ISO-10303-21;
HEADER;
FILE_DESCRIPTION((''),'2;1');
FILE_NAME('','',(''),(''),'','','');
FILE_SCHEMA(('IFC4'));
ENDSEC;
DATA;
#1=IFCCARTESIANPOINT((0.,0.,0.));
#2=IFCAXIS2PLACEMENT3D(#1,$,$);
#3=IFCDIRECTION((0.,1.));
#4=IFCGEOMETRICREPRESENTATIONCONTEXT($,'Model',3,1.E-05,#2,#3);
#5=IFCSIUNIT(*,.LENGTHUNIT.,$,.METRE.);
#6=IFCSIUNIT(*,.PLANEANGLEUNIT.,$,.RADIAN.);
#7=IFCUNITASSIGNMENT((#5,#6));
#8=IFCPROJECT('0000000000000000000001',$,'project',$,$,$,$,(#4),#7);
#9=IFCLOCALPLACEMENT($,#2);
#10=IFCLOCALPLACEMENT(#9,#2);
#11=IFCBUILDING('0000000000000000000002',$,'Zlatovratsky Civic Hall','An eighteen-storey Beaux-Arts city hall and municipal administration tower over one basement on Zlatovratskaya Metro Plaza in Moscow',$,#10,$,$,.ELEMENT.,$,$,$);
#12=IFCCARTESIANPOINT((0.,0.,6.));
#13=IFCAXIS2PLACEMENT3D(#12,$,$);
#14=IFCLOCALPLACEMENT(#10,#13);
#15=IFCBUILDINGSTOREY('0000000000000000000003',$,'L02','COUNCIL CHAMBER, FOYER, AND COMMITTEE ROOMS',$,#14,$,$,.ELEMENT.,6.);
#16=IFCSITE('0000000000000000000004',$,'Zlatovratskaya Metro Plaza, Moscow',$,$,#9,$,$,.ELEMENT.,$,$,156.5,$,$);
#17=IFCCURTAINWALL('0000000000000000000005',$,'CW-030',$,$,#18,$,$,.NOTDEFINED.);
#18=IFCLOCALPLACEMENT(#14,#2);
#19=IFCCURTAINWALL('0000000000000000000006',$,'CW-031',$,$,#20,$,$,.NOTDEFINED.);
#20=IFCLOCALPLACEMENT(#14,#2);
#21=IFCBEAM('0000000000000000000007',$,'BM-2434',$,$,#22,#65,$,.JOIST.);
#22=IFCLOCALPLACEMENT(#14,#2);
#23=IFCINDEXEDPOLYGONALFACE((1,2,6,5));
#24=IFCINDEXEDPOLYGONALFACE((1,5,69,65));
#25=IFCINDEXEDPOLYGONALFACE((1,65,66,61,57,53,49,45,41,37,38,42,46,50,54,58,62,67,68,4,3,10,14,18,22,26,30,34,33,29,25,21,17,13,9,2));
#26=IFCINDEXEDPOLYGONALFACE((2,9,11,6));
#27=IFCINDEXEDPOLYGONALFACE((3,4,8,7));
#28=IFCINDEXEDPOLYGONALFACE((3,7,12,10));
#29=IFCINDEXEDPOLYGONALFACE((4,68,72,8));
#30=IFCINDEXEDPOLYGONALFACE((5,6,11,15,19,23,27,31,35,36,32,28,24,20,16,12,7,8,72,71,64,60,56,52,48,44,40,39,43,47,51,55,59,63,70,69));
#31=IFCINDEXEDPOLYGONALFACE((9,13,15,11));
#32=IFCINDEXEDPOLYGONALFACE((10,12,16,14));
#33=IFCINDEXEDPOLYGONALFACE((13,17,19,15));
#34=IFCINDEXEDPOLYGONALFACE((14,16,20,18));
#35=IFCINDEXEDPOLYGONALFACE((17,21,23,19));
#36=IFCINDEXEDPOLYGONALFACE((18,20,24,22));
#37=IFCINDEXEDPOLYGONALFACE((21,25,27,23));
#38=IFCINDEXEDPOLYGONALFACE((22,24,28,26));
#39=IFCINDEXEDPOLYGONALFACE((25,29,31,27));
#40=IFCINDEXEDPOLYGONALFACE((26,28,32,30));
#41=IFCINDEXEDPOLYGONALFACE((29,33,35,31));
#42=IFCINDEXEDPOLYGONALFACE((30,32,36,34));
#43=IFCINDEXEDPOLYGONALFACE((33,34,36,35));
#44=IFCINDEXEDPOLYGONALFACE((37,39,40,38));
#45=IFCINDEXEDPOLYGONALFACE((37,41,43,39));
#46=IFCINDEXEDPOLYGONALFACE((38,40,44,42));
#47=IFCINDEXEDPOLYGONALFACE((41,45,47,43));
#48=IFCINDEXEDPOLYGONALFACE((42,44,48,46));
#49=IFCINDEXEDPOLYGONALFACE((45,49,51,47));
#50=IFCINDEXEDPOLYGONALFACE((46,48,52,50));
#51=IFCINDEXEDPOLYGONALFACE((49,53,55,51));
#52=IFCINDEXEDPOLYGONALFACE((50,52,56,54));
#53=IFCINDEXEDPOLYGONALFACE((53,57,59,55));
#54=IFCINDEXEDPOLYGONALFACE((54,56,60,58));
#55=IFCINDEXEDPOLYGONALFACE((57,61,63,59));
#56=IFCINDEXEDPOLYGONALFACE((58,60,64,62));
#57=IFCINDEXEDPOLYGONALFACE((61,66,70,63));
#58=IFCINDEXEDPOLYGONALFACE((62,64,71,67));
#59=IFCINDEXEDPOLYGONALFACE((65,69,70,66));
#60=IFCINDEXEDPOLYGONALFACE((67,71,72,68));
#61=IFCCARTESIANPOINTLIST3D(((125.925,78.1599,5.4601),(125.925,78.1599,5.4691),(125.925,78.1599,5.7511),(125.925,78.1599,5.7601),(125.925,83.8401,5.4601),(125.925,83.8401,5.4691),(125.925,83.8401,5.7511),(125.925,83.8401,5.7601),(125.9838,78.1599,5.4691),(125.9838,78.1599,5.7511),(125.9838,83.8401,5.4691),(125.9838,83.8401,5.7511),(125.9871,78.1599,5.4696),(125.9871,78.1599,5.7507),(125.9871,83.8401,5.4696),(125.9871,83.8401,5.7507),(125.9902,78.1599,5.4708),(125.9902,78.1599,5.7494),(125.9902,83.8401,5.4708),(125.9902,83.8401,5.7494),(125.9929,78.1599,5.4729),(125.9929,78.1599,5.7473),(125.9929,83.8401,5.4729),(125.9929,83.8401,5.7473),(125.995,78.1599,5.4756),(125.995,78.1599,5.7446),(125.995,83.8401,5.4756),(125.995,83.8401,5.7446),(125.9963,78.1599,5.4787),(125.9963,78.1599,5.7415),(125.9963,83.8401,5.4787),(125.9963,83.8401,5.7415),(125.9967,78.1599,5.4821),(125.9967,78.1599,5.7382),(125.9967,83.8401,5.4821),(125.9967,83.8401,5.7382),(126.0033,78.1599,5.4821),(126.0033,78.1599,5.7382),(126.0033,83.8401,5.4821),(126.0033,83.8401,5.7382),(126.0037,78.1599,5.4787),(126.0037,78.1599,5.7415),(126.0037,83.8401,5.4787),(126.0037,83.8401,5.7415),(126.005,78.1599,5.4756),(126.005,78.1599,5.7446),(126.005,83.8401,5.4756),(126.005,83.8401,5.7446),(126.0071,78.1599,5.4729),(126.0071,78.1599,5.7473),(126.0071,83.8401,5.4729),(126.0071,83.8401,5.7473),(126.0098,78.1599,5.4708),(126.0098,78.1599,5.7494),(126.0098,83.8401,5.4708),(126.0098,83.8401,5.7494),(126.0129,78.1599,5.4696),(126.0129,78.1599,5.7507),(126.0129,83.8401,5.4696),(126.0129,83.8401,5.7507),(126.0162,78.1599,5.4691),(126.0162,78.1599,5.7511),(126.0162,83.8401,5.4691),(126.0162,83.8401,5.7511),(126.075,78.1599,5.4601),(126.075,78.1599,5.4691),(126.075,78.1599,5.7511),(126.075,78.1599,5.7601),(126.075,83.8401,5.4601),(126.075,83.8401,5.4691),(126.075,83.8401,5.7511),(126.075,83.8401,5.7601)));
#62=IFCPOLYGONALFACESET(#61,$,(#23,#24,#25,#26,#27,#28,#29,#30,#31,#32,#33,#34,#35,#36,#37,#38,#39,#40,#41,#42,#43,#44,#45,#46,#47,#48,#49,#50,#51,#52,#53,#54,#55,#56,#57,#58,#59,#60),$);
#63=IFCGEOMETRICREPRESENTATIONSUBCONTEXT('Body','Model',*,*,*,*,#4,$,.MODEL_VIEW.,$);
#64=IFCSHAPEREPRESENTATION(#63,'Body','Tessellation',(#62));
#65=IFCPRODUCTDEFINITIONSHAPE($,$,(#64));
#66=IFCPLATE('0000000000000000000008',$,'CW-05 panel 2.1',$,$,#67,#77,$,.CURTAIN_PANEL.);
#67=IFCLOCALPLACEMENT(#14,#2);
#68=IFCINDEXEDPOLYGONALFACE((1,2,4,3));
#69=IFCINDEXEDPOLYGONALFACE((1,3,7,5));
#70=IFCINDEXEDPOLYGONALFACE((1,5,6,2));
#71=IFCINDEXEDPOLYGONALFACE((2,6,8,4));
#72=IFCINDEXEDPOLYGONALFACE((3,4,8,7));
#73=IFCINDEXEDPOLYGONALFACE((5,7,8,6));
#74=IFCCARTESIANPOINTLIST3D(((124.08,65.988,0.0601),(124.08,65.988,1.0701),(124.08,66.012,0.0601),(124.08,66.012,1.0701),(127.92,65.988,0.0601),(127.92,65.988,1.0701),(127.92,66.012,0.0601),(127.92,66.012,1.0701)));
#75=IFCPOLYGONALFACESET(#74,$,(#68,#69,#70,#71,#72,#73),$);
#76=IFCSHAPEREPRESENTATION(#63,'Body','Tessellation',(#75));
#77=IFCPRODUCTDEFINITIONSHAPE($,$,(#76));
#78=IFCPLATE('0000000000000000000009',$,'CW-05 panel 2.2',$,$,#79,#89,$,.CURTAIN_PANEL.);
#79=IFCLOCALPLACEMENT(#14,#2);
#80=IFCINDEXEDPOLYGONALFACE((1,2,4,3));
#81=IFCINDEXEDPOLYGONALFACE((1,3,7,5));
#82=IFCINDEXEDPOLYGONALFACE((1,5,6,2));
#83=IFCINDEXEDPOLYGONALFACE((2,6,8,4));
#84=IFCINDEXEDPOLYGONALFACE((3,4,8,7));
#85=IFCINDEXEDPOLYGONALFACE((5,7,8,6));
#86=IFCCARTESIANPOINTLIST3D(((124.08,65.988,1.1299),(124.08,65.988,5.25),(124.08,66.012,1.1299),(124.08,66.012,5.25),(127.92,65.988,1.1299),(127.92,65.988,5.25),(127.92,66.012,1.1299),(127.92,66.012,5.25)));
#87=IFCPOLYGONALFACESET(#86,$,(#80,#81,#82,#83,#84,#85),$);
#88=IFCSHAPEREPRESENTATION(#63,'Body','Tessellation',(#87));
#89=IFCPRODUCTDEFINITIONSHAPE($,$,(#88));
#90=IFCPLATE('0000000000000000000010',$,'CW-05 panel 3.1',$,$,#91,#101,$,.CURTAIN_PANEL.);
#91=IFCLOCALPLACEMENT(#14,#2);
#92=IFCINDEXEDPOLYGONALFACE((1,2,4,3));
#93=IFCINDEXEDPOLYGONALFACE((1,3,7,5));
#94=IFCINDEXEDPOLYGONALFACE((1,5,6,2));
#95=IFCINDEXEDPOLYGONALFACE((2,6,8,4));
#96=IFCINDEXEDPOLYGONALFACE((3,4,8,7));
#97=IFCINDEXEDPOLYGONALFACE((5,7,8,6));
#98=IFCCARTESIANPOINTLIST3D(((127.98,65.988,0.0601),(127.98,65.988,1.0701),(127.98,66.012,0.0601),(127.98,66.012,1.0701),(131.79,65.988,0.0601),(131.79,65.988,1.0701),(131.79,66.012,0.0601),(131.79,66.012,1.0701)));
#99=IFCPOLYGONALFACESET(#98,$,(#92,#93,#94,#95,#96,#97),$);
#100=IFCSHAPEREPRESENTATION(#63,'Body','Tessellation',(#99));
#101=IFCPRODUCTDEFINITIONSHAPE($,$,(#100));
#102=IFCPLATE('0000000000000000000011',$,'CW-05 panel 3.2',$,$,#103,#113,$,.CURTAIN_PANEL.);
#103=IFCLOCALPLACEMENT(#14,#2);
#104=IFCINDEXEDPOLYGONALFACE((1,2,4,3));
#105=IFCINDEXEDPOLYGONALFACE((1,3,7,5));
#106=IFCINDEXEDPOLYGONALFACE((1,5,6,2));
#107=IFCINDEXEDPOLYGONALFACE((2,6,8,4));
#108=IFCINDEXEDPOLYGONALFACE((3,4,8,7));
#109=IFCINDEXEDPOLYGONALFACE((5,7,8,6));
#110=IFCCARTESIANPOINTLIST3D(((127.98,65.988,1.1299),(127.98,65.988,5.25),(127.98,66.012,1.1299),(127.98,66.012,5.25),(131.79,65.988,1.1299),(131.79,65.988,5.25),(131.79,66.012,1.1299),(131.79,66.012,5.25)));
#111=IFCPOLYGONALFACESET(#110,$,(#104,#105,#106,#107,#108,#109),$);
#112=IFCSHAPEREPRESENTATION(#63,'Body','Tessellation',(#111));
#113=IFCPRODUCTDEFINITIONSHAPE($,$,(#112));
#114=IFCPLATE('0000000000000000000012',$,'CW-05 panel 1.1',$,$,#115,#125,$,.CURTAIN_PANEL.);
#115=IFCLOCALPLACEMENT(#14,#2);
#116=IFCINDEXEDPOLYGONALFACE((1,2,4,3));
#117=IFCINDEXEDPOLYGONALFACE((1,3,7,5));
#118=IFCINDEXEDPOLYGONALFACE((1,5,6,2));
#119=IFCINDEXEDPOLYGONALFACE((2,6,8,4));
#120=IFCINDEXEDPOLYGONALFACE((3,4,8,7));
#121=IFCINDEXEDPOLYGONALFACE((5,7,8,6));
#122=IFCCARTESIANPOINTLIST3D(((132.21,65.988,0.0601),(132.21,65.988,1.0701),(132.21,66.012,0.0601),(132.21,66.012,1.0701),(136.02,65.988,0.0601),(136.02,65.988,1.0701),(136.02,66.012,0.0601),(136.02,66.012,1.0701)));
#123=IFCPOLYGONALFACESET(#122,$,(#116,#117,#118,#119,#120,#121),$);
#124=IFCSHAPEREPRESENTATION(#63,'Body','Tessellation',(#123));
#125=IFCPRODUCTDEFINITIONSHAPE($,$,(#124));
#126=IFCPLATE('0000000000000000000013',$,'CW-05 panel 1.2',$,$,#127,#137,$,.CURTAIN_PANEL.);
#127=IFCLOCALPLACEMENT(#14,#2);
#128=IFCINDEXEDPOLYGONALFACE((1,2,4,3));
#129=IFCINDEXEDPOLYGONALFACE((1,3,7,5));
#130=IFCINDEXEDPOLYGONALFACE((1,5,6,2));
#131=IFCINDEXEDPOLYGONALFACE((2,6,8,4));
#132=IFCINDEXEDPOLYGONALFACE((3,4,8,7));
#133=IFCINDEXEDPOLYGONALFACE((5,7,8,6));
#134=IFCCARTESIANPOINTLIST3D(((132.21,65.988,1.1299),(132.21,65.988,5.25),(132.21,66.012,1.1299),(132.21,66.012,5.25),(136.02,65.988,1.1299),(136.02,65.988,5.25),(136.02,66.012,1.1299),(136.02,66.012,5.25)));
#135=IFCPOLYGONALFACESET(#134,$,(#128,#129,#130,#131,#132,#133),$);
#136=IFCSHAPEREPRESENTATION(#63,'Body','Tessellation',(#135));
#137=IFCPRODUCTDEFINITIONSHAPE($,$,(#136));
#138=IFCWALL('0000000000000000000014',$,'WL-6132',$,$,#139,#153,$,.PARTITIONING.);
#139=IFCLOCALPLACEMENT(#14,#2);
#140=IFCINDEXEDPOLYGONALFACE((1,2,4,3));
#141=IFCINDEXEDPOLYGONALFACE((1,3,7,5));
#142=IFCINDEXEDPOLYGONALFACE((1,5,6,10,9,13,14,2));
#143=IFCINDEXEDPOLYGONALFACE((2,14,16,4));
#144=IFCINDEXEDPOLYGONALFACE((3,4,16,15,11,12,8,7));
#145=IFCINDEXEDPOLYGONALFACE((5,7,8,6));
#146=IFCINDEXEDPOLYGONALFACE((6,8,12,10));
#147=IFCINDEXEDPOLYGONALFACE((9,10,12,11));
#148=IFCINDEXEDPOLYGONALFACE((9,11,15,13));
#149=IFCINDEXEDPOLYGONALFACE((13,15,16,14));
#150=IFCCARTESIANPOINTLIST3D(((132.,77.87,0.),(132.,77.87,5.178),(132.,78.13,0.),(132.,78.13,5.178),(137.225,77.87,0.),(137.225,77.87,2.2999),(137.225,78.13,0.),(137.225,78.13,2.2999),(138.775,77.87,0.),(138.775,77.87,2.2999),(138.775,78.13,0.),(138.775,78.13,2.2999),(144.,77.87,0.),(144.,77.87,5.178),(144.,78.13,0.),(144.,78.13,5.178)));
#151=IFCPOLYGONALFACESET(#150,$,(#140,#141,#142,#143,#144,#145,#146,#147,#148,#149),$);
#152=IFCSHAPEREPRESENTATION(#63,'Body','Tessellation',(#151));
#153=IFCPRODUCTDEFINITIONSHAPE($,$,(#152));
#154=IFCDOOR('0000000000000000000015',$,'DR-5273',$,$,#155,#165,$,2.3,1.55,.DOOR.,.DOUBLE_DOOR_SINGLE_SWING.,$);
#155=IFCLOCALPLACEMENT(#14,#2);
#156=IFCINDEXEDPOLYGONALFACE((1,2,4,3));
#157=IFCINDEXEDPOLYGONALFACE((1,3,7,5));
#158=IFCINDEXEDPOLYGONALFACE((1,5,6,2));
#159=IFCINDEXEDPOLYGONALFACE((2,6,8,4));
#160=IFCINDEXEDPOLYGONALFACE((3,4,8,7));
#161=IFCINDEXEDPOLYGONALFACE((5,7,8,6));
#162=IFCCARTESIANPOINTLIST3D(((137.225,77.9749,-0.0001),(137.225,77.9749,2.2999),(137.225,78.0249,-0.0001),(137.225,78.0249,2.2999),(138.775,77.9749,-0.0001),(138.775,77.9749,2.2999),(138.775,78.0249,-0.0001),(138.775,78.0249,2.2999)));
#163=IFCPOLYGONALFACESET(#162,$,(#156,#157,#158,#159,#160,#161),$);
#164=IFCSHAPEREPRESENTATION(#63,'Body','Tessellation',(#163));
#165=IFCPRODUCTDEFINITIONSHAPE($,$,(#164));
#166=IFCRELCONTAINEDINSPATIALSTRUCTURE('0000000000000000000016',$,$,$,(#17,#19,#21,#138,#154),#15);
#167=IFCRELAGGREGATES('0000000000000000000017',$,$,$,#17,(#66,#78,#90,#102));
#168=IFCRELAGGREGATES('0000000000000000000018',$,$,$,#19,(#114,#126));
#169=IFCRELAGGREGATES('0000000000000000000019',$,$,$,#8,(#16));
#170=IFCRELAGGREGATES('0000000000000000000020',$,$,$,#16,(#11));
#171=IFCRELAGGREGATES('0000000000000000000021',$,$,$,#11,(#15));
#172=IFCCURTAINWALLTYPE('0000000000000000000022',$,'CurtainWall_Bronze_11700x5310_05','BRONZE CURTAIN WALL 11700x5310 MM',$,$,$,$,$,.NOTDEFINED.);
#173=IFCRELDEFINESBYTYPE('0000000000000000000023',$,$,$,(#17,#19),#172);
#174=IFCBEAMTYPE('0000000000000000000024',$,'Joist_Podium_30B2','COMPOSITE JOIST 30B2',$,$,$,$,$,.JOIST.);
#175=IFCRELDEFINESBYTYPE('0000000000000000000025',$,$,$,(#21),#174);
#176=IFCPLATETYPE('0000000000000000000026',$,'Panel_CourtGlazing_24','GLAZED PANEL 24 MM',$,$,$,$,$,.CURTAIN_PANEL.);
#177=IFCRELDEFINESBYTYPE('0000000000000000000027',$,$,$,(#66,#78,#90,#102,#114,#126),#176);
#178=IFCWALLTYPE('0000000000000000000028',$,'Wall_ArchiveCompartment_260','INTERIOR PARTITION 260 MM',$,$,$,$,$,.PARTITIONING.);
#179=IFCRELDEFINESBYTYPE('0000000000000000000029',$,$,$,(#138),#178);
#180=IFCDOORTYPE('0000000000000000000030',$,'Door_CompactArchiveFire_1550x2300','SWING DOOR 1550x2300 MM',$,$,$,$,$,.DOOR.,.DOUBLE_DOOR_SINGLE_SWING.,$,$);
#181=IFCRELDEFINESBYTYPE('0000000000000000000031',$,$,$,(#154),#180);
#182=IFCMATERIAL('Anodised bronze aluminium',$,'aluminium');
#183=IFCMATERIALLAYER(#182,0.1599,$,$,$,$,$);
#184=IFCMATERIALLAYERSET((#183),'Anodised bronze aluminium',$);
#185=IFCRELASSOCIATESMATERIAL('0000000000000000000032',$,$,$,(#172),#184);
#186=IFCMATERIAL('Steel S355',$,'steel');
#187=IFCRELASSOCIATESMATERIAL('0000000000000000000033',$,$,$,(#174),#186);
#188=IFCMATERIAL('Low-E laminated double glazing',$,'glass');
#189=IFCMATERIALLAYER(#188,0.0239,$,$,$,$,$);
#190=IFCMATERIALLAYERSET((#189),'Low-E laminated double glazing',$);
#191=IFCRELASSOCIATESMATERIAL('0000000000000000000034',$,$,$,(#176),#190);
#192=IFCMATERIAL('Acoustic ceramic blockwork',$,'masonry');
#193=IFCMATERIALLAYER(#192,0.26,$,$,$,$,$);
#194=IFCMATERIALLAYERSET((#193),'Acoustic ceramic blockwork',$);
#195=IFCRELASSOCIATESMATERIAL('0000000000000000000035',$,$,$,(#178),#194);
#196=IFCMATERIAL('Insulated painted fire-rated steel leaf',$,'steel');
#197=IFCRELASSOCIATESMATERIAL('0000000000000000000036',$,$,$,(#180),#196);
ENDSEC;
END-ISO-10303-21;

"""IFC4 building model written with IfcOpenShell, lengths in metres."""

from ifc_helpers import new_model, si_unit, direction, frame, frame_2d, origin, origin_2d, place, context, subcontext, project, spatial, rectangle, i_section, extrude, material, layer, layer_set, material_profile, profile_set, type_object, element, fill, aggregate, save


model = new_model("IFC4")

# Units and contexts
model_context = context("Model", 3, precision=1e-05, world=origin(), true_north=direction((0.0, 1.0)))
body_context = subcontext(model_context, "Body", "Model", "MODEL_VIEW")
ifc_project = project(units=[si_unit("LENGTHUNIT", "METRE"), si_unit("PLANEANGLEUNIT", "RADIAN")], contexts=[model_context])

# Site, building, storey
site_placement = place(None, origin())
site = spatial("IfcSite", under=ifc_project, at=site_placement, Name="Zlatovratskaya Metro Plaza, Moscow", CompositionType="ELEMENT", RefElevation=156.5)
building_placement = place(site_placement, origin())
building = spatial("IfcBuilding", under=site, at=building_placement, Name="Zlatovratsky Civic Hall", Description="An eighteen-storey Beaux-Arts city hall and municipal administration tower over one basement on Zlatovratskaya Metro Plaza in Moscow", CompositionType="ELEMENT")
storey_placement = place(building_placement, frame((0.0, 0.0, 6.0)))
storey = spatial("IfcBuildingStorey", under=building, at=storey_placement, Name="L02", Description="COUNCIL CHAMBER, FOYER, AND COMMITTEE ROOMS", CompositionType="ELEMENT", Elevation=6.0)

# Shared definitions
ifc_material_1 = material(Name="Steel S355", Category="steel")

# Curtain wall
ifc_material_2 = material(Name="Anodised bronze aluminium", Category="aluminium")
ifc_layer_1 = layer(ifc_material_2, 0.1599)
ifc_layer_set_1 = layer_set([ifc_layer_1], Name="Anodised bronze aluminium")
curtain_wall_type = type_object("IfcCurtainWallType", Name="CurtainWall_Bronze_11700x5310_05", Description="BRONZE CURTAIN WALL 11700x5310 MM", PredefinedType="NOTDEFINED", material=ifc_layer_set_1)
curtain_wall_1_placement = place(storey_placement, origin())
curtain_wall_1 = element("IfcCurtainWall", 1, at=curtain_wall_1_placement, inside=storey, type_object=curtain_wall_type, Name="CW-030", PredefinedType="NOTDEFINED")

# Curtain wall
curtain_wall_2_placement = place(storey_placement, origin())
curtain_wall_2 = element("IfcCurtainWall", 2, at=curtain_wall_2_placement, inside=storey, type_object=curtain_wall_type, Name="CW-031", PredefinedType="NOTDEFINED")

# Beam
ifc_material_profile_1 = material_profile(ifc_material_1, i_section(OverallWidth=0.1499, OverallDepth=0.3, WebThickness=0.0066, FlangeThickness=0.009, FilletRadius=0.0129, at=origin_2d()), Name="30B2")
ifc_profile_set_1 = profile_set([ifc_material_profile_1], Name="Steel S355")
beam_type_1 = type_object("IfcBeamType", Name="Joist_Podium_30B2", Description="COMPOSITE JOIST 30B2", PredefinedType="JOIST", material=ifc_profile_set_1)
for number, where, z_axis, x_axis, name in (
    (3, (126.0, 78.1599, 5.6101), (0.0, 1.0, 0.0), (-1.0, 0.0, 0.0), "BM-2434"),
):
    element("IfcBeam", number, at=place(storey_placement, frame(where, z_axis=z_axis, x_axis=x_axis)), inside=storey, type_object=beam_type_1, Name=name, PredefinedType="JOIST", context=body_context, shape_type="SweptSolid", body=[
        extrude(i_section(OverallWidth=0.1499, OverallDepth=0.3, WebThickness=0.0066, FlangeThickness=0.009, FilletRadius=0.0129, at=origin_2d()), origin(), (0.0, 0.0, 1.0), 5.6802),
    ])

# Plates
ifc_material_3 = material(Name="Low-E laminated double glazing", Category="glass")
ifc_layer_2 = layer(ifc_material_3, 0.0239)
ifc_layer_set_2 = layer_set([ifc_layer_2], Name="Low-E laminated double glazing")
plate_type = type_object("IfcPlateType", Name="Panel_CourtGlazing_24", Description="GLAZED PANEL 24 MM", PredefinedType="CURTAIN_PANEL", material=ifc_layer_set_2)
plate_1_placement = place(storey_placement, frame((126.0, 66.0, 0.0601), z_axis=(0.0, 0.0, 1.0), x_axis=(1.0, 0.0, 0.0)))
plate_1 = element("IfcPlate", 4, at=plate_1_placement, type_object=plate_type, Name="CW-05 panel 2.1", PredefinedType="CURTAIN_PANEL", context=body_context, shape_type="SweptSolid", body=[
    extrude(rectangle(XDim=3.8401, YDim=0.0239, at=origin_2d()), origin(), (0.0, 0.0, 1.0), 1.01),
])
plate_2_placement = place(storey_placement, frame((126.0, 66.0, 1.1299), z_axis=(0.0, 0.0, 1.0), x_axis=(1.0, 0.0, 0.0)))
plate_2 = element("IfcPlate", 5, at=plate_2_placement, type_object=plate_type, Name="CW-05 panel 2.2", PredefinedType="CURTAIN_PANEL", context=body_context, shape_type="SweptSolid", body=[
    extrude(rectangle(XDim=3.8401, YDim=0.0239, at=origin_2d()), origin(), (0.0, 0.0, 1.0), 4.1201),
])
plate_3_placement = place(storey_placement, frame((129.885, 66.0, 0.0601), z_axis=(0.0, 0.0, 1.0), x_axis=(1.0, 0.0, 0.0)))
plate_3 = element("IfcPlate", 6, at=plate_3_placement, type_object=plate_type, Name="CW-05 panel 3.1", PredefinedType="CURTAIN_PANEL", context=body_context, shape_type="SweptSolid", body=[
    extrude(rectangle(XDim=3.8101, YDim=0.0239, at=origin_2d()), origin(), (0.0, 0.0, 1.0), 1.01),
])
plate_4_placement = place(storey_placement, frame((129.885, 66.0, 1.1299), z_axis=(0.0, 0.0, 1.0), x_axis=(1.0, 0.0, 0.0)))
plate_4 = element("IfcPlate", 7, at=plate_4_placement, type_object=plate_type, Name="CW-05 panel 3.2", PredefinedType="CURTAIN_PANEL", context=body_context, shape_type="SweptSolid", body=[
    extrude(rectangle(XDim=3.8101, YDim=0.0239, at=origin_2d()), origin(), (0.0, 0.0, 1.0), 4.1201),
])
aggregate(curtain_wall_1, [plate_1, plate_2, plate_3, plate_4])
plate_5_placement = place(storey_placement, frame((134.115, 66.0, 0.0601), z_axis=(0.0, 0.0, 1.0), x_axis=(1.0, 0.0, 0.0)))
plate_5 = element("IfcPlate", 8, at=plate_5_placement, type_object=plate_type, Name="CW-05 panel 1.1", PredefinedType="CURTAIN_PANEL", context=body_context, shape_type="SweptSolid", body=[
    extrude(rectangle(XDim=3.8101, YDim=0.0239, at=origin_2d()), origin(), (0.0, 0.0, 1.0), 1.01),
])
plate_6_placement = place(storey_placement, frame((134.115, 66.0, 1.1299), z_axis=(0.0, 0.0, 1.0), x_axis=(1.0, 0.0, 0.0)))
plate_6 = element("IfcPlate", 9, at=plate_6_placement, type_object=plate_type, Name="CW-05 panel 1.2", PredefinedType="CURTAIN_PANEL", context=body_context, shape_type="SweptSolid", body=[
    extrude(rectangle(XDim=3.8101, YDim=0.0239, at=origin_2d()), origin(), (0.0, 0.0, 1.0), 4.1201),
])
aggregate(curtain_wall_2, [plate_5, plate_6])

# Wall, opening, door
ifc_material_4 = material(Name="Acoustic ceramic blockwork", Category="masonry")
ifc_layer_3 = layer(ifc_material_4, 0.26)
ifc_layer_set_3 = layer_set([ifc_layer_3], Name="Acoustic ceramic blockwork")
wall_type = type_object("IfcWallType", Name="Wall_ArchiveCompartment_260", Description="INTERIOR PARTITION 260 MM", PredefinedType="PARTITIONING", material=ifc_layer_set_3)
wall_placement = place(storey_placement, frame((132.0, 78.0, 0.0), z_axis=(0.0, 0.0, 1.0), x_axis=(1.0, 0.0, 0.0)))
wall = element("IfcWall", 10, at=wall_placement, inside=storey, type_object=wall_type, Name="WL-6132", PredefinedType="PARTITIONING", context=body_context, shape_type="SweptSolid", body=[
    extrude(rectangle(XDim=12.0, YDim=0.26, at=frame_2d((6.0, 0.0))), origin(), (0.0, 0.0, 1.0), 5.178),
])
opening_placement = place(wall_placement, frame((5.2251, 0.0, 0.0)))
opening = element("IfcOpeningElement", 11, at=opening_placement, cuts=wall, PredefinedType="OPENING", context=body_context, shape_type="SweptSolid", body=[
    extrude(rectangle(XDim=1.55, YDim=2.3, at=frame_2d((0.7749, 1.1499))), frame((0.0, 0.145, 0.0), z_axis=(0.0, -1.0, 0.0), x_axis=(1.0, 0.0, 0.0)), (0.0, 0.0, 1.0), 0.2898),
])
ifc_material_5 = material(Name="Insulated painted fire-rated steel leaf", Category="steel")
door_type = type_object("IfcDoorType", Name="Door_CompactArchiveFire_1550x2300", Description="SWING DOOR 1550x2300 MM", OperationType="DOUBLE_DOOR_SINGLE_SWING", PredefinedType="DOOR", material=ifc_material_5)
door_placement = place(opening_placement, origin())
door = element("IfcDoor", 12, at=door_placement, inside=storey, type_object=door_type, Name="DR-5273", OperationType="DOUBLE_DOOR_SINGLE_SWING", OverallHeight=2.3, OverallWidth=1.55, PredefinedType="DOOR", context=body_context, shape_type="SweptSolid", body=[
    extrude(rectangle(XDim=1.55, YDim=2.3, at=frame_2d((0.7749, 1.1499))), frame((0.0, 0.0249, 0.0), z_axis=(0.0, -1.0, 0.0), x_axis=(1.0, 0.0, 0.0)), (0.0, 0.0, 1.0), 0.05),
])
fill(opening, door)

save(model, "model.ifc")
